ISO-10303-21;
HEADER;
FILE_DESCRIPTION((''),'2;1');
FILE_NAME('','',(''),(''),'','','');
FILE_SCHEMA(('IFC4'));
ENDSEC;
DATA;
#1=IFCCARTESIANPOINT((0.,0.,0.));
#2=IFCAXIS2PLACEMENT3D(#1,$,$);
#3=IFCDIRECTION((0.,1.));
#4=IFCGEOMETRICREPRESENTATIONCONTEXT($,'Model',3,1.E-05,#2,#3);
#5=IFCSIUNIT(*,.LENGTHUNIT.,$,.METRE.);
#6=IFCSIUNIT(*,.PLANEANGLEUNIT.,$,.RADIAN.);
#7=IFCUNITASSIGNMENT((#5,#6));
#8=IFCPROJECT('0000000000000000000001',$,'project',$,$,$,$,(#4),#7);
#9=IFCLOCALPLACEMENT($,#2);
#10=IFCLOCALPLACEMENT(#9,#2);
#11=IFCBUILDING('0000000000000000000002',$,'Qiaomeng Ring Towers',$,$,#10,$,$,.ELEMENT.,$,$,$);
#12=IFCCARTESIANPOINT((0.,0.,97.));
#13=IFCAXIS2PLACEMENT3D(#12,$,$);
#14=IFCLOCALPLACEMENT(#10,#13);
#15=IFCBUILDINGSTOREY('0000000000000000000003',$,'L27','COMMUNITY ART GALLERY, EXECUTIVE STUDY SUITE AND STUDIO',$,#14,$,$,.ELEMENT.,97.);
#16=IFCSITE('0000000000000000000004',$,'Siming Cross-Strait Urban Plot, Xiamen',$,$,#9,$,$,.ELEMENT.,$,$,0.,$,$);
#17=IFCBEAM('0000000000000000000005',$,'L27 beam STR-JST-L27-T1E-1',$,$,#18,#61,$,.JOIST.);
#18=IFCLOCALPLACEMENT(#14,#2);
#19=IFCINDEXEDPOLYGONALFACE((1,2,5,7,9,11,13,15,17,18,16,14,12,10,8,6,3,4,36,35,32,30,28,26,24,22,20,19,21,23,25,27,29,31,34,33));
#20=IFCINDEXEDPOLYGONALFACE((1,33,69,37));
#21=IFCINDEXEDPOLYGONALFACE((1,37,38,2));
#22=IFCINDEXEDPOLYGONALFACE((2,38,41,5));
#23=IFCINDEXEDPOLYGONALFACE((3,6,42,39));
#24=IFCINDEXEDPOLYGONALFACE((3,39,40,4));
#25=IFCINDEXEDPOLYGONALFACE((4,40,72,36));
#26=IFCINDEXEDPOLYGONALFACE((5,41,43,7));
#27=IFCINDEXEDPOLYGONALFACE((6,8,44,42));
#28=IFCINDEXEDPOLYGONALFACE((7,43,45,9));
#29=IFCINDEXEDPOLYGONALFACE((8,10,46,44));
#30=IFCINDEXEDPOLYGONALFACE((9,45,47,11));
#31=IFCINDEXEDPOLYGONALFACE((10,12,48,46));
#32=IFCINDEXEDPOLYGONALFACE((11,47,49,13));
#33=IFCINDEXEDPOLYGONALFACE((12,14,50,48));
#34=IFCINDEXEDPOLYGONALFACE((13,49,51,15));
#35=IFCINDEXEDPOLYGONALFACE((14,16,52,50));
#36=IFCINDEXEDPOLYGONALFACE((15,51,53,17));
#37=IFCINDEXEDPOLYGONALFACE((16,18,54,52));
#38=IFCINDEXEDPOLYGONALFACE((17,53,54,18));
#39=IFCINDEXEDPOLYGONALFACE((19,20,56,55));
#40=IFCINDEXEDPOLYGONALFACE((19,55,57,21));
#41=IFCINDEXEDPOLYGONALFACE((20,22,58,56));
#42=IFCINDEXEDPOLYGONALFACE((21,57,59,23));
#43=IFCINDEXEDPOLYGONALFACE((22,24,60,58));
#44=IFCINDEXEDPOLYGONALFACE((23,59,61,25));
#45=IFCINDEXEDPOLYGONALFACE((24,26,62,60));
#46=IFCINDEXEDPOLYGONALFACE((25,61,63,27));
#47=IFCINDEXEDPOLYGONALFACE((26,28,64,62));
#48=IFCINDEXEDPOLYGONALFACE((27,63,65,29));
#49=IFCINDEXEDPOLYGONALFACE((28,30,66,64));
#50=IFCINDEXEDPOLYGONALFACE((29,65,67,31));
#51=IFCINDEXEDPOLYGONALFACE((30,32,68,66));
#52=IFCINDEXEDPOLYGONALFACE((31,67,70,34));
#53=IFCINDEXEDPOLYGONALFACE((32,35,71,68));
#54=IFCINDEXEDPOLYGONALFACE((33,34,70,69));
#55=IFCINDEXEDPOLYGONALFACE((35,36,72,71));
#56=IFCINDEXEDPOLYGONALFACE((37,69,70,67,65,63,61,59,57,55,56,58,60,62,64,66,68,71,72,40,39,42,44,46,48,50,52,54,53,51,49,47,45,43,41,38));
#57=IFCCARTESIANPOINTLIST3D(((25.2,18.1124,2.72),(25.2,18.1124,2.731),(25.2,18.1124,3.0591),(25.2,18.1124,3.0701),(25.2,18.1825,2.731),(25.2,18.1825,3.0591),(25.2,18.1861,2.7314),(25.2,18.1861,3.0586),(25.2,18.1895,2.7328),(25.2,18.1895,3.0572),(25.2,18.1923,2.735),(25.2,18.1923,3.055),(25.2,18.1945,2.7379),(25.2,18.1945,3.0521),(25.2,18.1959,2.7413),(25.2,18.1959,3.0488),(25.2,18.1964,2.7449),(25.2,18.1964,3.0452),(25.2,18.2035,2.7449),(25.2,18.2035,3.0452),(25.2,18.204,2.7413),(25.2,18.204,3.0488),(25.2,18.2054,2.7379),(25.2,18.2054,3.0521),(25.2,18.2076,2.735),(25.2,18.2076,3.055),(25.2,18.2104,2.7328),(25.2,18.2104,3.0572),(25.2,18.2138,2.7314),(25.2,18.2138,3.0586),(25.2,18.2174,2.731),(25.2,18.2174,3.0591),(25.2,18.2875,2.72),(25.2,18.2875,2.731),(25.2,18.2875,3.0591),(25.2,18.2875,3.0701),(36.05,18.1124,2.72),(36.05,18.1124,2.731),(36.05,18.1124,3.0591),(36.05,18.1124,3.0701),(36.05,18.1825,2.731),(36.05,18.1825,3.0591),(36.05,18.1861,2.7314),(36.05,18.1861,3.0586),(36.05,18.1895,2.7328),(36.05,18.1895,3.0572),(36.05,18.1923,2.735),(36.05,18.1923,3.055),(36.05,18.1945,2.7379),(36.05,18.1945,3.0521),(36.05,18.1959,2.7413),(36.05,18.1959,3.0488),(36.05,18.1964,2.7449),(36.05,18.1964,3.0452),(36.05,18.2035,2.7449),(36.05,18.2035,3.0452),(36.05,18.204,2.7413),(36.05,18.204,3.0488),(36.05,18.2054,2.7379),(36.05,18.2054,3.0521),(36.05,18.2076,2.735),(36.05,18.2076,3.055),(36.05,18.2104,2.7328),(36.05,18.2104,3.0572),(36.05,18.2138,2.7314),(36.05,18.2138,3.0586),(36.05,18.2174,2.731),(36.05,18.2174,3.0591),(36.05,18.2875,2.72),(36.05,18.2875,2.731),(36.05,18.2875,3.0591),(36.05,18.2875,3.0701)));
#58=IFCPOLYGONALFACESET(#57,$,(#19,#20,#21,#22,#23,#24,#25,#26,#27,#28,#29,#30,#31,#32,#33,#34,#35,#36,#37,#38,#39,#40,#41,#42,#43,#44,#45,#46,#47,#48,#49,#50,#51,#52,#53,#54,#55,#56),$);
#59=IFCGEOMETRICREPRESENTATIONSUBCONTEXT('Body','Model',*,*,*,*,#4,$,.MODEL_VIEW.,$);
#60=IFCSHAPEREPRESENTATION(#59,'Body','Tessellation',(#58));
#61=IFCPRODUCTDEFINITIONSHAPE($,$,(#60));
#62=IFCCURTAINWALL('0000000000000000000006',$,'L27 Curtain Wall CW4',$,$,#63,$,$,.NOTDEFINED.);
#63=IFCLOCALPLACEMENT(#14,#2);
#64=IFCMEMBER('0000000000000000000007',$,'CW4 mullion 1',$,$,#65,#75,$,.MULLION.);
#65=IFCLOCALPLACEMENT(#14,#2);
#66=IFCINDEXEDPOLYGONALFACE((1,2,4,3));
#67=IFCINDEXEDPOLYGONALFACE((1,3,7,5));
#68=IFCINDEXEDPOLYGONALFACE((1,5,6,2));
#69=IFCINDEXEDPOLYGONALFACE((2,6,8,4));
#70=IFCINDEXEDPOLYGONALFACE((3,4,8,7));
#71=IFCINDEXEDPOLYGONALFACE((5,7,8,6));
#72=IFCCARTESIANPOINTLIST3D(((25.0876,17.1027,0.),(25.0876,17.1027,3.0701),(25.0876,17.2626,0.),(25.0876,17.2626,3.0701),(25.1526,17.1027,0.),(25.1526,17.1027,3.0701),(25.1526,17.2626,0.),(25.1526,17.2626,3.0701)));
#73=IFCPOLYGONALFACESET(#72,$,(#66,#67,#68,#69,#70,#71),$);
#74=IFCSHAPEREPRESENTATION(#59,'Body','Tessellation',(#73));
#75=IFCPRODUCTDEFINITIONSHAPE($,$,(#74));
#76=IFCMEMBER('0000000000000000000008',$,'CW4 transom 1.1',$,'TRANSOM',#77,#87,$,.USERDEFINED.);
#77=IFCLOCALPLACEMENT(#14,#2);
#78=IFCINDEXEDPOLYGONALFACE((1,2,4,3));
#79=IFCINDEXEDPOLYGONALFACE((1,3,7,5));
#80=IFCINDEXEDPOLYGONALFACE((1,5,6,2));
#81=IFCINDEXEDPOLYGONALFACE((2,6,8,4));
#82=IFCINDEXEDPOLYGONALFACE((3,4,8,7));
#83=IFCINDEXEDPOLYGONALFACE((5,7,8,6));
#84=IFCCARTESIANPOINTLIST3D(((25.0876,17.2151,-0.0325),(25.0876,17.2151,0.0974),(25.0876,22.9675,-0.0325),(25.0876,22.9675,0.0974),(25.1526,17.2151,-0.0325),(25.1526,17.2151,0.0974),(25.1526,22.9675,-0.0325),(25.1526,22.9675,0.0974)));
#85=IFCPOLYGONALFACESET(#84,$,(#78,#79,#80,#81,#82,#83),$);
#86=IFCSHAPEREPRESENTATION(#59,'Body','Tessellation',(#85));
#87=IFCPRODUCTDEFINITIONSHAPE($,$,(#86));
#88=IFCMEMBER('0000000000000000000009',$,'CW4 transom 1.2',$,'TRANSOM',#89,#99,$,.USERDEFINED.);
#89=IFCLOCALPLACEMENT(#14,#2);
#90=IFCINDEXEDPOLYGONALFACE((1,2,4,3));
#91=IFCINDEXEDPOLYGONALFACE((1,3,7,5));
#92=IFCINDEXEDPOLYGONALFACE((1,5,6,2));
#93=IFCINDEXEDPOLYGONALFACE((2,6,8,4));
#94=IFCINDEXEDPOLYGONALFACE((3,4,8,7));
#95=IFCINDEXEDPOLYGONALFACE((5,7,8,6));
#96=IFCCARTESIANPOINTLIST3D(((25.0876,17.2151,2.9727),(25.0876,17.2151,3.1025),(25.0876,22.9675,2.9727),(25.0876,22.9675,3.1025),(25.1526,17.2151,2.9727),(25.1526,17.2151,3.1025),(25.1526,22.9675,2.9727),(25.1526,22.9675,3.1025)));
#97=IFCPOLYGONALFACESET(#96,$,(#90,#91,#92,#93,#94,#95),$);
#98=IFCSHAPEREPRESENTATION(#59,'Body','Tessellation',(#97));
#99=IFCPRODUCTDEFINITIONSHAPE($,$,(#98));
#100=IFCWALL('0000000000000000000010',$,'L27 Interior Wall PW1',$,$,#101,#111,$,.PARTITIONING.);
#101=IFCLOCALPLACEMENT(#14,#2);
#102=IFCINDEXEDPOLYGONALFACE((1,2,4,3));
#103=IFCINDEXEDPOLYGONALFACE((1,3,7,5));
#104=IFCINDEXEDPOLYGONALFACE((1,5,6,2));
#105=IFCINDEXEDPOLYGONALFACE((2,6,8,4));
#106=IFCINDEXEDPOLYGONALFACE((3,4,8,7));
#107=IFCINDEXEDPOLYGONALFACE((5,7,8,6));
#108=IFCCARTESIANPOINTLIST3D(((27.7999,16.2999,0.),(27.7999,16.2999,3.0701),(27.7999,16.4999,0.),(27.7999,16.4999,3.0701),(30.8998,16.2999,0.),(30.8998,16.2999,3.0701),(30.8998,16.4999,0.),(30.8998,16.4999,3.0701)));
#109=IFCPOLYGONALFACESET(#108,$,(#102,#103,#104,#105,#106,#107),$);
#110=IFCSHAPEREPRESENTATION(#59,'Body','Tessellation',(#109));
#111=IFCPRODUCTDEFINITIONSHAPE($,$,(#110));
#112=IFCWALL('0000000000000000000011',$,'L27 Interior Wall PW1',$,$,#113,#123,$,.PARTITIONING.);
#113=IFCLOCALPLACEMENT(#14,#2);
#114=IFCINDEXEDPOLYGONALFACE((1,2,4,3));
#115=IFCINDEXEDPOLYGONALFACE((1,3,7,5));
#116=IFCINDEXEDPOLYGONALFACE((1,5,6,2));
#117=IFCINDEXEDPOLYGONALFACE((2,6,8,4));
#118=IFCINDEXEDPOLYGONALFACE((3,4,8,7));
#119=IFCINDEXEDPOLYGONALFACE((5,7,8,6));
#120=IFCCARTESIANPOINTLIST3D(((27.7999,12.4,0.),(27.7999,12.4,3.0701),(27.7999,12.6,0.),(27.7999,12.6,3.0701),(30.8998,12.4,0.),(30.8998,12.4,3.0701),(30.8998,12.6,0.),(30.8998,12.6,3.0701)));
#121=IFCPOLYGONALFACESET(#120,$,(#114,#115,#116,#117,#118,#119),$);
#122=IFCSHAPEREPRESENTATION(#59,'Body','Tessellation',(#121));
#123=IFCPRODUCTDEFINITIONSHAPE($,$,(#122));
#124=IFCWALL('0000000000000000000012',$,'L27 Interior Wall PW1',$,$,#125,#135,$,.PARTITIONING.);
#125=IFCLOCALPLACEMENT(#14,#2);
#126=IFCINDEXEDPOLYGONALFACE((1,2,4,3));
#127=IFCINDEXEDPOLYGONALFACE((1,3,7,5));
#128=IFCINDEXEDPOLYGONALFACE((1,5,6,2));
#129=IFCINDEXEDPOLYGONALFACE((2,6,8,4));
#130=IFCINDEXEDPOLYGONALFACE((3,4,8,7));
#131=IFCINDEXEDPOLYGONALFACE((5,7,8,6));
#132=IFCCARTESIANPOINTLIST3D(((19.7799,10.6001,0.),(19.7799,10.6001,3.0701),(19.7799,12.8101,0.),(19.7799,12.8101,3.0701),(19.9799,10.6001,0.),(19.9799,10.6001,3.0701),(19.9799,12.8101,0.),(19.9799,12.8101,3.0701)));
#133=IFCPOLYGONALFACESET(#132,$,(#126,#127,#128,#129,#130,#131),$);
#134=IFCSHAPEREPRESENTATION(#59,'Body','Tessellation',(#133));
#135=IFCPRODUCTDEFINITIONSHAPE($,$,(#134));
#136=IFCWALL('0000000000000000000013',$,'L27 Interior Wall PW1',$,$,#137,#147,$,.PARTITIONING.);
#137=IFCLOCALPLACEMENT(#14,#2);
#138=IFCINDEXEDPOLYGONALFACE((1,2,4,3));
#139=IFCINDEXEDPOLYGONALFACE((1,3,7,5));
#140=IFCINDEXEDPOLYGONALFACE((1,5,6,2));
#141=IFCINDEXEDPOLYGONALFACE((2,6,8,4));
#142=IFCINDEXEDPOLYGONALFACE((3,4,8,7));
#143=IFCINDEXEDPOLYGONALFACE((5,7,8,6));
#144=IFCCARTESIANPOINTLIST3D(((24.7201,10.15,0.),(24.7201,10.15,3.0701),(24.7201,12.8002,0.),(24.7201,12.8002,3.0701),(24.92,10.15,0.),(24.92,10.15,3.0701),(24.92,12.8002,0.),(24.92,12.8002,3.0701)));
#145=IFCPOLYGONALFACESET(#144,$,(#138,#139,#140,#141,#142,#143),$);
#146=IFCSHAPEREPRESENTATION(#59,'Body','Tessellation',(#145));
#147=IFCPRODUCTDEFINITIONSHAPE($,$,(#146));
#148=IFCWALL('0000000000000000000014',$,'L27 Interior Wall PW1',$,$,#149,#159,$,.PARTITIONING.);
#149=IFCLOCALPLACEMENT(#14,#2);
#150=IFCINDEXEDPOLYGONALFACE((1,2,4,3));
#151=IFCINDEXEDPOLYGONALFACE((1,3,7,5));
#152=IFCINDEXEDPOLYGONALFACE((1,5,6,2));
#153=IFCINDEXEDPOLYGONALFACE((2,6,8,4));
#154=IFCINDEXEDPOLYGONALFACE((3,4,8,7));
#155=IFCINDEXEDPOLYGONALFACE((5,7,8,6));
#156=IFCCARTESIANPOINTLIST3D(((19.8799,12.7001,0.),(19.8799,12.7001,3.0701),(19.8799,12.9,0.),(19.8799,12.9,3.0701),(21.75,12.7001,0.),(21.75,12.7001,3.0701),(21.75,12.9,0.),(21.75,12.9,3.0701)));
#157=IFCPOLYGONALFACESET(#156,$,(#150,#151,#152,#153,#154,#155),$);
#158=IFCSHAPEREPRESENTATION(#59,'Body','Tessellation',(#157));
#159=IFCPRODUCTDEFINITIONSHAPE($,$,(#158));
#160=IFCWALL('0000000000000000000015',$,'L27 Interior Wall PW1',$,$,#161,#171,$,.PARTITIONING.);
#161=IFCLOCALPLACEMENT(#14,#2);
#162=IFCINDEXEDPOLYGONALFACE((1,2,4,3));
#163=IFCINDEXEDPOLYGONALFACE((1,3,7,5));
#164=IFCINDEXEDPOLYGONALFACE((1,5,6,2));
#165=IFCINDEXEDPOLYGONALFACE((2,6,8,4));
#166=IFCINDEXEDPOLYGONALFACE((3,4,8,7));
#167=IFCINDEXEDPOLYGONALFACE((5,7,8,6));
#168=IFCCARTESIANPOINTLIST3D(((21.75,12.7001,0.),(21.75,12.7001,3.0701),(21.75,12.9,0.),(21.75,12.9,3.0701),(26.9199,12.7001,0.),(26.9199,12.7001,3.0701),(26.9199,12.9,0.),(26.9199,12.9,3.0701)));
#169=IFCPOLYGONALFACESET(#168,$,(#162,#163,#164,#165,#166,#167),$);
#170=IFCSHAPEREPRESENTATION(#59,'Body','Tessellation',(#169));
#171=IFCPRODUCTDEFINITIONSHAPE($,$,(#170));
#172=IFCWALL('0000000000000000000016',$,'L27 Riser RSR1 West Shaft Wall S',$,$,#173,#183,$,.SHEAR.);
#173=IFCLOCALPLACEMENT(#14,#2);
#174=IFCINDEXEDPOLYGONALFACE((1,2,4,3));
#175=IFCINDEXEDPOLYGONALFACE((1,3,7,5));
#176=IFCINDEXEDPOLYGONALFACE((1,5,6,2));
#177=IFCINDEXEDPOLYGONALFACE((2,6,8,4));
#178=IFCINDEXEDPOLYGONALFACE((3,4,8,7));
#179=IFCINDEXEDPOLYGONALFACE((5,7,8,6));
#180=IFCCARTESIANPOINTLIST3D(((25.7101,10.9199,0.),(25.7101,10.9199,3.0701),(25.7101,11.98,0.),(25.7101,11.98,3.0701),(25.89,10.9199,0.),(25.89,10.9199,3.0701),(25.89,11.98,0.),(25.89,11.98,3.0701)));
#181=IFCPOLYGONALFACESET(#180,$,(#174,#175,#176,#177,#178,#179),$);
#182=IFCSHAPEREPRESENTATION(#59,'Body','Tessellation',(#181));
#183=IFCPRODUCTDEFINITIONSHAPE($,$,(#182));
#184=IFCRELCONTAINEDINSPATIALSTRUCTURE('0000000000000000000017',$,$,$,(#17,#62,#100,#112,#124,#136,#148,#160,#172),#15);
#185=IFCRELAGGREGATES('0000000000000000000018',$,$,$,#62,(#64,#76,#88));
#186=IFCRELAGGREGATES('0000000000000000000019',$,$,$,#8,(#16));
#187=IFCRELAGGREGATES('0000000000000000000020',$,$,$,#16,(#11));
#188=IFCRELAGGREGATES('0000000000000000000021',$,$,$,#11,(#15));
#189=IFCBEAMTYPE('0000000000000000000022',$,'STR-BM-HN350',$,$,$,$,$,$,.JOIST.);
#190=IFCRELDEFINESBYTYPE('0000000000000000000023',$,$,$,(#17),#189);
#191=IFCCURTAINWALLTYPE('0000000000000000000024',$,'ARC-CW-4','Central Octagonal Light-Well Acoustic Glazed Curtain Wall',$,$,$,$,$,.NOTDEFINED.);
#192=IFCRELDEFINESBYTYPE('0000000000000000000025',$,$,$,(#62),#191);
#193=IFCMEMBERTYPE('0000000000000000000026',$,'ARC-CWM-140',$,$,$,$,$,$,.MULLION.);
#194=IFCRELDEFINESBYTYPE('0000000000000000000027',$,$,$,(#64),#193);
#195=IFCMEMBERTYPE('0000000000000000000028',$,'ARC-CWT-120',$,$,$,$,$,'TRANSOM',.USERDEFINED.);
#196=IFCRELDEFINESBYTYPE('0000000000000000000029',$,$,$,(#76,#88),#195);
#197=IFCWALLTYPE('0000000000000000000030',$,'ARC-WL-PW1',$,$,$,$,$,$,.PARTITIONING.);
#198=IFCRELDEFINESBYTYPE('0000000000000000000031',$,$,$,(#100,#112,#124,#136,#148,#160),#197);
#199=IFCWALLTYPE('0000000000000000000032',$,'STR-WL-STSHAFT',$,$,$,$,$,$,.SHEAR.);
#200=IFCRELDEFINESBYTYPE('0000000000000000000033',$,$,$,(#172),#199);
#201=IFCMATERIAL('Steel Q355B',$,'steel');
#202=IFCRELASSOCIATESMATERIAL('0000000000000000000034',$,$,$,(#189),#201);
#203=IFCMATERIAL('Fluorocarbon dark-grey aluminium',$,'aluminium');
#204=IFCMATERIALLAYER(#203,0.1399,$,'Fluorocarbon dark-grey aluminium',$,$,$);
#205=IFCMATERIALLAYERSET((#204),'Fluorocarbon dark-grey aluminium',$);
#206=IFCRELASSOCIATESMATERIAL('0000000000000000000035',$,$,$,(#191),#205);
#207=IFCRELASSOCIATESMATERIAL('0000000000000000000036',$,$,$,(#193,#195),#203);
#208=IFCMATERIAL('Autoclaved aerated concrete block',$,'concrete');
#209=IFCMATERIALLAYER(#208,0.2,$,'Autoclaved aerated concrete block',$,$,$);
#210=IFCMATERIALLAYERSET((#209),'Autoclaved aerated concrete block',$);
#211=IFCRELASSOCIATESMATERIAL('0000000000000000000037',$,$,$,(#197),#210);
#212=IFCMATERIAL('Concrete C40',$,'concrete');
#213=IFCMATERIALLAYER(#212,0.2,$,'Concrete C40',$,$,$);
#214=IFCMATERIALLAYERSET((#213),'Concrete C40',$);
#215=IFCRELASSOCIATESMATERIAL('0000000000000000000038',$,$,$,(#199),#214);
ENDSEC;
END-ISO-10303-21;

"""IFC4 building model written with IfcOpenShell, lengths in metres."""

from ifc_helpers import new_model, si_unit, direction, frame, frame_2d, origin, origin_2d, place, context, subcontext, project, spatial, rectangle, i_section, extrude, source, transform, mapped, material, layer, layer_set, material_profile, profile_set, type_object, element, aggregate, save


model = new_model("IFC4")

# Units and contexts
model_context = context("Model", 3, precision=1e-05, world=origin(), true_north=direction((0.0, 1.0)))
body_context = subcontext(model_context, "Body", "Model", "MODEL_VIEW")
ifc_project = project(units=[si_unit("LENGTHUNIT", "METRE"), si_unit("PLANEANGLEUNIT", "RADIAN")], contexts=[model_context])

# Site, building, storey
site_placement = place(None, origin())
site = spatial("IfcSite", under=ifc_project, at=site_placement, Name="Siming Cross-Strait Urban Plot, Xiamen", CompositionType="ELEMENT", RefElevation=0.0)
building_placement = place(site_placement, origin())
building = spatial("IfcBuilding", under=site, at=building_placement, Name="Qiaomeng Ring Towers", CompositionType="ELEMENT")
storey_placement = place(building_placement, frame((0.0, 0.0, 97.0)))
storey = spatial("IfcBuildingStorey", under=building, at=storey_placement, Name="L27", Description="COMMUNITY ART GALLERY, EXECUTIVE STUDY SUITE AND STUDIO", CompositionType="ELEMENT", Elevation=97.0)

# Beam
ifc_material_1 = material(Name="Steel Q355B", Category="steel")
ifc_material_profile_1 = material_profile(ifc_material_1, i_section(OverallWidth=0.175, OverallDepth=0.3501, WebThickness=0.0071, FlangeThickness=0.011, FilletRadius=0.0139, at=origin_2d()), Name="HN 350x175x7x11")
ifc_profile_set_1 = profile_set([ifc_material_profile_1], Name="Steel Q355B")
beam_type_1 = type_object("IfcBeamType", Name="STR-BM-HN350", PredefinedType="JOIST", material=ifc_profile_set_1)
shared_shape_1 = source(origin(), body_context, "Body", "SweptSolid", [
    extrude(i_section(OverallWidth=0.175, OverallDepth=0.3501, WebThickness=0.0071, FlangeThickness=0.011, FilletRadius=0.0139, at=origin_2d()), origin(), (0.0, 0.0, 1.0), 10.8501),
])
beam_1_placement = place(storey_placement, frame((25.2, 18.2, 2.895), z_axis=(1.0, 0.0, 0.0), x_axis=(0.0, 1.0, 0.0)))
element("IfcBeam", 1, at=beam_1_placement, inside=storey, type_object=beam_type_1, Name="L27 beam STR-JST-L27-T1E-1", PredefinedType="JOIST", context=body_context, shape_type="MappedRepresentation", body=[
    mapped(shared_shape_1, transform((0.0, 0.0, 0.0), x_axis=(1.0, 0.0, 0.0), y_axis=(0.0, 1.0, 0.0), z_axis=(0.0, 0.0, 1.0), scale=1.0)),
])

# Curtain wall, members
ifc_material_2 = material(Name="Fluorocarbon dark-grey aluminium", Category="aluminium")
ifc_layer_1 = layer(ifc_material_2, 0.1399, Name="Fluorocarbon dark-grey aluminium")
ifc_layer_set_1 = layer_set([ifc_layer_1], Name="Fluorocarbon dark-grey aluminium")
curtain_wall_type = type_object("IfcCurtainWallType", Name="ARC-CW-4", Description="Central Octagonal Light-Well Acoustic Glazed Curtain Wall", PredefinedType="NOTDEFINED", material=ifc_layer_set_1)
curtain_wall_placement = place(storey_placement, origin())
curtain_wall = element("IfcCurtainWall", 2, at=curtain_wall_placement, inside=storey, type_object=curtain_wall_type, Name="L27 Curtain Wall CW4", PredefinedType="NOTDEFINED")
ifc_material_profile_2 = material_profile(ifc_material_2, rectangle(XDim=0.0649, YDim=0.1599, at=origin_2d()), Name="ALU MULL 65x160")
ifc_profile_set_2 = profile_set([ifc_material_profile_2], Name="Fluorocarbon dark-grey aluminium")
member_type_1 = type_object("IfcMemberType", Name="ARC-CWM-140", PredefinedType="MULLION", material=ifc_profile_set_2)
shared_shape_2 = source(origin(), body_context, "Body", "SweptSolid", [
    extrude(rectangle(XDim=0.0649, YDim=0.1599, at=origin_2d()), origin(), (0.0, 0.0, 1.0), 3.0701),
])
member_1_placement = place(storey_placement, frame((25.1201, 17.1826, 0.0), z_axis=(0.0, 0.0, 1.0), x_axis=(-1.0, 0.0, 0.0)))
member_1 = element("IfcMember", 3, at=member_1_placement, type_object=member_type_1, Name="CW4 mullion 1", PredefinedType="MULLION", context=body_context, shape_type="MappedRepresentation", body=[
    mapped(shared_shape_2, transform((0.0, 0.0, 0.0), x_axis=(1.0, 0.0, 0.0), y_axis=(0.0, 1.0, 0.0), z_axis=(0.0, 0.0, 1.0), scale=1.0)),
])
ifc_material_profile_3 = material_profile(ifc_material_2, rectangle(XDim=0.0649, YDim=0.1299, at=origin_2d()), Name="ALU TRAN 65x130")
ifc_profile_set_3 = profile_set([ifc_material_profile_3], Name="Fluorocarbon dark-grey aluminium")
member_type_2 = type_object("IfcMemberType", Name="ARC-CWT-120", ElementType="TRANSOM", PredefinedType="USERDEFINED", material=ifc_profile_set_3)
shared_shape_3 = source(origin(), body_context, "Body", "SweptSolid", [
    extrude(rectangle(XDim=0.0649, YDim=0.1299, at=origin_2d()), origin(), (0.0, 0.0, 1.0), 5.7524),
])
member_2_placement = place(storey_placement, frame((25.1201, 17.2151, 0.0325), z_axis=(0.0, 1.0, 0.0), x_axis=(-1.0, 0.0, 0.0)))
member_2 = element("IfcMember", 4, at=member_2_placement, type_object=member_type_2, Name="CW4 transom 1.1", ObjectType="TRANSOM", PredefinedType="USERDEFINED", context=body_context, shape_type="MappedRepresentation", body=[
    mapped(shared_shape_3, transform((0.0, 0.0, 0.0), x_axis=(1.0, 0.0, 0.0), y_axis=(0.0, 1.0, 0.0), z_axis=(0.0, 0.0, 1.0), scale=1.0)),
])
member_3_placement = place(storey_placement, frame((25.1201, 17.2151, 3.0376), z_axis=(0.0, 1.0, 0.0), x_axis=(-1.0, 0.0, 0.0)))
member_3 = element("IfcMember", 5, at=member_3_placement, type_object=member_type_2, Name="CW4 transom 1.2", ObjectType="TRANSOM", PredefinedType="USERDEFINED", context=body_context, shape_type="MappedRepresentation", body=[
    mapped(shared_shape_3, transform((0.0, 0.0, 0.0), x_axis=(1.0, 0.0, 0.0), y_axis=(0.0, 1.0, 0.0), z_axis=(0.0, 0.0, 1.0), scale=1.0)),
])
aggregate(curtain_wall, [member_1, member_2, member_3])

# Walls
ifc_material_3 = material(Name="Autoclaved aerated concrete block", Category="concrete")
ifc_layer_2 = layer(ifc_material_3, 0.2, Name="Autoclaved aerated concrete block")
ifc_layer_set_2 = layer_set([ifc_layer_2], Name="Autoclaved aerated concrete block")
wall_type_1 = type_object("IfcWallType", Name="ARC-WL-PW1", PredefinedType="PARTITIONING", material=ifc_layer_set_2)
for number, where, z_axis, x_axis, name in (
    (6, (27.8, 16.3999, 0.0), (0.0, 0.0, 1.0), (1.0, 0.0, 0.0), "L27 Interior Wall PW1"),
    (7, (27.8, 12.5, 0.0), (0.0, 0.0, 1.0), (1.0, 0.0, 0.0), "L27 Interior Wall PW1"),
):
    element("IfcWall", number, at=place(storey_placement, frame(where, z_axis=z_axis, x_axis=x_axis)), inside=storey, type_object=wall_type_1, Name=name, PredefinedType="PARTITIONING", context=body_context, shape_type="SweptSolid", body=[
        extrude(rectangle(XDim=3.0999, YDim=0.2, at=frame_2d((1.5498, 0.0))), origin(), (0.0, 0.0, 1.0), 3.0701),
    ])
wall_1_placement = place(storey_placement, frame((19.8799, 10.6001, 0.0), z_axis=(0.0, 0.0, 1.0), x_axis=(0.0, 1.0, 0.0)))
element("IfcWall", 8, at=wall_1_placement, inside=storey, type_object=wall_type_1, Name="L27 Interior Wall PW1", PredefinedType="PARTITIONING", context=body_context, shape_type="SweptSolid", body=[
    extrude(rectangle(XDim=2.21, YDim=0.2, at=frame_2d((1.105, 0.0))), origin(), (0.0, 0.0, 1.0), 3.0701),
])
wall_2_placement = place(storey_placement, frame((24.8201, 10.1499, 0.0), z_axis=(0.0, 0.0, 1.0), x_axis=(0.0, 1.0, 0.0)))
element("IfcWall", 9, at=wall_2_placement, inside=storey, type_object=wall_type_1, Name="L27 Interior Wall PW1", PredefinedType="PARTITIONING", context=body_context, shape_type="SweptSolid", body=[
    extrude(rectangle(XDim=2.6501, YDim=0.2, at=frame_2d((1.3252, 0.0))), origin(), (0.0, 0.0, 1.0), 3.0701),
])
wall_3_placement = place(storey_placement, frame((19.8799, 12.8, 0.0), z_axis=(0.0, 0.0, 1.0), x_axis=(1.0, 0.0, 0.0)))
element("IfcWall", 10, at=wall_3_placement, inside=storey, type_object=wall_type_1, Name="L27 Interior Wall PW1", PredefinedType="PARTITIONING", context=body_context, shape_type="SweptSolid", body=[
    extrude(rectangle(XDim=1.8701, YDim=0.2, at=frame_2d((0.9351, 0.0))), origin(), (0.0, 0.0, 1.0), 3.0701),
])
wall_4_placement = place(storey_placement, frame((21.75, 12.8, 0.0), z_axis=(0.0, 0.0, 1.0), x_axis=(1.0, 0.0, 0.0)))
element("IfcWall", 11, at=wall_4_placement, inside=storey, type_object=wall_type_1, Name="L27 Interior Wall PW1", PredefinedType="PARTITIONING", context=body_context, shape_type="SweptSolid", body=[
    extrude(rectangle(XDim=5.1699, YDim=0.2, at=frame_2d((2.585, 0.0))), origin(), (0.0, 0.0, 1.0), 3.0701),
])
ifc_material_4 = material(Name="Concrete C40", Category="concrete")
ifc_layer_3 = layer(ifc_material_4, 0.2, Name="Concrete C40")
ifc_layer_set_3 = layer_set([ifc_layer_3], Name="Concrete C40")
wall_type_2 = type_object("IfcWallType", Name="STR-WL-STSHAFT", PredefinedType="SHEAR", material=ifc_layer_set_3)
wall_5_placement = place(storey_placement, frame((25.8, 10.9199, 0.0), z_axis=(0.0, 0.0, 1.0), x_axis=(0.0, 1.0, 0.0)))
element("IfcWall", 12, at=wall_5_placement, inside=storey, type_object=wall_type_2, Name="L27 Riser RSR1 West Shaft Wall S", PredefinedType="SHEAR", context=body_context, shape_type="SweptSolid", body=[
    extrude(rectangle(XDim=1.0601, YDim=0.1799, at=frame_2d((0.53, 0.0))), origin(), (0.0, 0.0, 1.0), 3.0701),
])

save(model, "model.ifc")
